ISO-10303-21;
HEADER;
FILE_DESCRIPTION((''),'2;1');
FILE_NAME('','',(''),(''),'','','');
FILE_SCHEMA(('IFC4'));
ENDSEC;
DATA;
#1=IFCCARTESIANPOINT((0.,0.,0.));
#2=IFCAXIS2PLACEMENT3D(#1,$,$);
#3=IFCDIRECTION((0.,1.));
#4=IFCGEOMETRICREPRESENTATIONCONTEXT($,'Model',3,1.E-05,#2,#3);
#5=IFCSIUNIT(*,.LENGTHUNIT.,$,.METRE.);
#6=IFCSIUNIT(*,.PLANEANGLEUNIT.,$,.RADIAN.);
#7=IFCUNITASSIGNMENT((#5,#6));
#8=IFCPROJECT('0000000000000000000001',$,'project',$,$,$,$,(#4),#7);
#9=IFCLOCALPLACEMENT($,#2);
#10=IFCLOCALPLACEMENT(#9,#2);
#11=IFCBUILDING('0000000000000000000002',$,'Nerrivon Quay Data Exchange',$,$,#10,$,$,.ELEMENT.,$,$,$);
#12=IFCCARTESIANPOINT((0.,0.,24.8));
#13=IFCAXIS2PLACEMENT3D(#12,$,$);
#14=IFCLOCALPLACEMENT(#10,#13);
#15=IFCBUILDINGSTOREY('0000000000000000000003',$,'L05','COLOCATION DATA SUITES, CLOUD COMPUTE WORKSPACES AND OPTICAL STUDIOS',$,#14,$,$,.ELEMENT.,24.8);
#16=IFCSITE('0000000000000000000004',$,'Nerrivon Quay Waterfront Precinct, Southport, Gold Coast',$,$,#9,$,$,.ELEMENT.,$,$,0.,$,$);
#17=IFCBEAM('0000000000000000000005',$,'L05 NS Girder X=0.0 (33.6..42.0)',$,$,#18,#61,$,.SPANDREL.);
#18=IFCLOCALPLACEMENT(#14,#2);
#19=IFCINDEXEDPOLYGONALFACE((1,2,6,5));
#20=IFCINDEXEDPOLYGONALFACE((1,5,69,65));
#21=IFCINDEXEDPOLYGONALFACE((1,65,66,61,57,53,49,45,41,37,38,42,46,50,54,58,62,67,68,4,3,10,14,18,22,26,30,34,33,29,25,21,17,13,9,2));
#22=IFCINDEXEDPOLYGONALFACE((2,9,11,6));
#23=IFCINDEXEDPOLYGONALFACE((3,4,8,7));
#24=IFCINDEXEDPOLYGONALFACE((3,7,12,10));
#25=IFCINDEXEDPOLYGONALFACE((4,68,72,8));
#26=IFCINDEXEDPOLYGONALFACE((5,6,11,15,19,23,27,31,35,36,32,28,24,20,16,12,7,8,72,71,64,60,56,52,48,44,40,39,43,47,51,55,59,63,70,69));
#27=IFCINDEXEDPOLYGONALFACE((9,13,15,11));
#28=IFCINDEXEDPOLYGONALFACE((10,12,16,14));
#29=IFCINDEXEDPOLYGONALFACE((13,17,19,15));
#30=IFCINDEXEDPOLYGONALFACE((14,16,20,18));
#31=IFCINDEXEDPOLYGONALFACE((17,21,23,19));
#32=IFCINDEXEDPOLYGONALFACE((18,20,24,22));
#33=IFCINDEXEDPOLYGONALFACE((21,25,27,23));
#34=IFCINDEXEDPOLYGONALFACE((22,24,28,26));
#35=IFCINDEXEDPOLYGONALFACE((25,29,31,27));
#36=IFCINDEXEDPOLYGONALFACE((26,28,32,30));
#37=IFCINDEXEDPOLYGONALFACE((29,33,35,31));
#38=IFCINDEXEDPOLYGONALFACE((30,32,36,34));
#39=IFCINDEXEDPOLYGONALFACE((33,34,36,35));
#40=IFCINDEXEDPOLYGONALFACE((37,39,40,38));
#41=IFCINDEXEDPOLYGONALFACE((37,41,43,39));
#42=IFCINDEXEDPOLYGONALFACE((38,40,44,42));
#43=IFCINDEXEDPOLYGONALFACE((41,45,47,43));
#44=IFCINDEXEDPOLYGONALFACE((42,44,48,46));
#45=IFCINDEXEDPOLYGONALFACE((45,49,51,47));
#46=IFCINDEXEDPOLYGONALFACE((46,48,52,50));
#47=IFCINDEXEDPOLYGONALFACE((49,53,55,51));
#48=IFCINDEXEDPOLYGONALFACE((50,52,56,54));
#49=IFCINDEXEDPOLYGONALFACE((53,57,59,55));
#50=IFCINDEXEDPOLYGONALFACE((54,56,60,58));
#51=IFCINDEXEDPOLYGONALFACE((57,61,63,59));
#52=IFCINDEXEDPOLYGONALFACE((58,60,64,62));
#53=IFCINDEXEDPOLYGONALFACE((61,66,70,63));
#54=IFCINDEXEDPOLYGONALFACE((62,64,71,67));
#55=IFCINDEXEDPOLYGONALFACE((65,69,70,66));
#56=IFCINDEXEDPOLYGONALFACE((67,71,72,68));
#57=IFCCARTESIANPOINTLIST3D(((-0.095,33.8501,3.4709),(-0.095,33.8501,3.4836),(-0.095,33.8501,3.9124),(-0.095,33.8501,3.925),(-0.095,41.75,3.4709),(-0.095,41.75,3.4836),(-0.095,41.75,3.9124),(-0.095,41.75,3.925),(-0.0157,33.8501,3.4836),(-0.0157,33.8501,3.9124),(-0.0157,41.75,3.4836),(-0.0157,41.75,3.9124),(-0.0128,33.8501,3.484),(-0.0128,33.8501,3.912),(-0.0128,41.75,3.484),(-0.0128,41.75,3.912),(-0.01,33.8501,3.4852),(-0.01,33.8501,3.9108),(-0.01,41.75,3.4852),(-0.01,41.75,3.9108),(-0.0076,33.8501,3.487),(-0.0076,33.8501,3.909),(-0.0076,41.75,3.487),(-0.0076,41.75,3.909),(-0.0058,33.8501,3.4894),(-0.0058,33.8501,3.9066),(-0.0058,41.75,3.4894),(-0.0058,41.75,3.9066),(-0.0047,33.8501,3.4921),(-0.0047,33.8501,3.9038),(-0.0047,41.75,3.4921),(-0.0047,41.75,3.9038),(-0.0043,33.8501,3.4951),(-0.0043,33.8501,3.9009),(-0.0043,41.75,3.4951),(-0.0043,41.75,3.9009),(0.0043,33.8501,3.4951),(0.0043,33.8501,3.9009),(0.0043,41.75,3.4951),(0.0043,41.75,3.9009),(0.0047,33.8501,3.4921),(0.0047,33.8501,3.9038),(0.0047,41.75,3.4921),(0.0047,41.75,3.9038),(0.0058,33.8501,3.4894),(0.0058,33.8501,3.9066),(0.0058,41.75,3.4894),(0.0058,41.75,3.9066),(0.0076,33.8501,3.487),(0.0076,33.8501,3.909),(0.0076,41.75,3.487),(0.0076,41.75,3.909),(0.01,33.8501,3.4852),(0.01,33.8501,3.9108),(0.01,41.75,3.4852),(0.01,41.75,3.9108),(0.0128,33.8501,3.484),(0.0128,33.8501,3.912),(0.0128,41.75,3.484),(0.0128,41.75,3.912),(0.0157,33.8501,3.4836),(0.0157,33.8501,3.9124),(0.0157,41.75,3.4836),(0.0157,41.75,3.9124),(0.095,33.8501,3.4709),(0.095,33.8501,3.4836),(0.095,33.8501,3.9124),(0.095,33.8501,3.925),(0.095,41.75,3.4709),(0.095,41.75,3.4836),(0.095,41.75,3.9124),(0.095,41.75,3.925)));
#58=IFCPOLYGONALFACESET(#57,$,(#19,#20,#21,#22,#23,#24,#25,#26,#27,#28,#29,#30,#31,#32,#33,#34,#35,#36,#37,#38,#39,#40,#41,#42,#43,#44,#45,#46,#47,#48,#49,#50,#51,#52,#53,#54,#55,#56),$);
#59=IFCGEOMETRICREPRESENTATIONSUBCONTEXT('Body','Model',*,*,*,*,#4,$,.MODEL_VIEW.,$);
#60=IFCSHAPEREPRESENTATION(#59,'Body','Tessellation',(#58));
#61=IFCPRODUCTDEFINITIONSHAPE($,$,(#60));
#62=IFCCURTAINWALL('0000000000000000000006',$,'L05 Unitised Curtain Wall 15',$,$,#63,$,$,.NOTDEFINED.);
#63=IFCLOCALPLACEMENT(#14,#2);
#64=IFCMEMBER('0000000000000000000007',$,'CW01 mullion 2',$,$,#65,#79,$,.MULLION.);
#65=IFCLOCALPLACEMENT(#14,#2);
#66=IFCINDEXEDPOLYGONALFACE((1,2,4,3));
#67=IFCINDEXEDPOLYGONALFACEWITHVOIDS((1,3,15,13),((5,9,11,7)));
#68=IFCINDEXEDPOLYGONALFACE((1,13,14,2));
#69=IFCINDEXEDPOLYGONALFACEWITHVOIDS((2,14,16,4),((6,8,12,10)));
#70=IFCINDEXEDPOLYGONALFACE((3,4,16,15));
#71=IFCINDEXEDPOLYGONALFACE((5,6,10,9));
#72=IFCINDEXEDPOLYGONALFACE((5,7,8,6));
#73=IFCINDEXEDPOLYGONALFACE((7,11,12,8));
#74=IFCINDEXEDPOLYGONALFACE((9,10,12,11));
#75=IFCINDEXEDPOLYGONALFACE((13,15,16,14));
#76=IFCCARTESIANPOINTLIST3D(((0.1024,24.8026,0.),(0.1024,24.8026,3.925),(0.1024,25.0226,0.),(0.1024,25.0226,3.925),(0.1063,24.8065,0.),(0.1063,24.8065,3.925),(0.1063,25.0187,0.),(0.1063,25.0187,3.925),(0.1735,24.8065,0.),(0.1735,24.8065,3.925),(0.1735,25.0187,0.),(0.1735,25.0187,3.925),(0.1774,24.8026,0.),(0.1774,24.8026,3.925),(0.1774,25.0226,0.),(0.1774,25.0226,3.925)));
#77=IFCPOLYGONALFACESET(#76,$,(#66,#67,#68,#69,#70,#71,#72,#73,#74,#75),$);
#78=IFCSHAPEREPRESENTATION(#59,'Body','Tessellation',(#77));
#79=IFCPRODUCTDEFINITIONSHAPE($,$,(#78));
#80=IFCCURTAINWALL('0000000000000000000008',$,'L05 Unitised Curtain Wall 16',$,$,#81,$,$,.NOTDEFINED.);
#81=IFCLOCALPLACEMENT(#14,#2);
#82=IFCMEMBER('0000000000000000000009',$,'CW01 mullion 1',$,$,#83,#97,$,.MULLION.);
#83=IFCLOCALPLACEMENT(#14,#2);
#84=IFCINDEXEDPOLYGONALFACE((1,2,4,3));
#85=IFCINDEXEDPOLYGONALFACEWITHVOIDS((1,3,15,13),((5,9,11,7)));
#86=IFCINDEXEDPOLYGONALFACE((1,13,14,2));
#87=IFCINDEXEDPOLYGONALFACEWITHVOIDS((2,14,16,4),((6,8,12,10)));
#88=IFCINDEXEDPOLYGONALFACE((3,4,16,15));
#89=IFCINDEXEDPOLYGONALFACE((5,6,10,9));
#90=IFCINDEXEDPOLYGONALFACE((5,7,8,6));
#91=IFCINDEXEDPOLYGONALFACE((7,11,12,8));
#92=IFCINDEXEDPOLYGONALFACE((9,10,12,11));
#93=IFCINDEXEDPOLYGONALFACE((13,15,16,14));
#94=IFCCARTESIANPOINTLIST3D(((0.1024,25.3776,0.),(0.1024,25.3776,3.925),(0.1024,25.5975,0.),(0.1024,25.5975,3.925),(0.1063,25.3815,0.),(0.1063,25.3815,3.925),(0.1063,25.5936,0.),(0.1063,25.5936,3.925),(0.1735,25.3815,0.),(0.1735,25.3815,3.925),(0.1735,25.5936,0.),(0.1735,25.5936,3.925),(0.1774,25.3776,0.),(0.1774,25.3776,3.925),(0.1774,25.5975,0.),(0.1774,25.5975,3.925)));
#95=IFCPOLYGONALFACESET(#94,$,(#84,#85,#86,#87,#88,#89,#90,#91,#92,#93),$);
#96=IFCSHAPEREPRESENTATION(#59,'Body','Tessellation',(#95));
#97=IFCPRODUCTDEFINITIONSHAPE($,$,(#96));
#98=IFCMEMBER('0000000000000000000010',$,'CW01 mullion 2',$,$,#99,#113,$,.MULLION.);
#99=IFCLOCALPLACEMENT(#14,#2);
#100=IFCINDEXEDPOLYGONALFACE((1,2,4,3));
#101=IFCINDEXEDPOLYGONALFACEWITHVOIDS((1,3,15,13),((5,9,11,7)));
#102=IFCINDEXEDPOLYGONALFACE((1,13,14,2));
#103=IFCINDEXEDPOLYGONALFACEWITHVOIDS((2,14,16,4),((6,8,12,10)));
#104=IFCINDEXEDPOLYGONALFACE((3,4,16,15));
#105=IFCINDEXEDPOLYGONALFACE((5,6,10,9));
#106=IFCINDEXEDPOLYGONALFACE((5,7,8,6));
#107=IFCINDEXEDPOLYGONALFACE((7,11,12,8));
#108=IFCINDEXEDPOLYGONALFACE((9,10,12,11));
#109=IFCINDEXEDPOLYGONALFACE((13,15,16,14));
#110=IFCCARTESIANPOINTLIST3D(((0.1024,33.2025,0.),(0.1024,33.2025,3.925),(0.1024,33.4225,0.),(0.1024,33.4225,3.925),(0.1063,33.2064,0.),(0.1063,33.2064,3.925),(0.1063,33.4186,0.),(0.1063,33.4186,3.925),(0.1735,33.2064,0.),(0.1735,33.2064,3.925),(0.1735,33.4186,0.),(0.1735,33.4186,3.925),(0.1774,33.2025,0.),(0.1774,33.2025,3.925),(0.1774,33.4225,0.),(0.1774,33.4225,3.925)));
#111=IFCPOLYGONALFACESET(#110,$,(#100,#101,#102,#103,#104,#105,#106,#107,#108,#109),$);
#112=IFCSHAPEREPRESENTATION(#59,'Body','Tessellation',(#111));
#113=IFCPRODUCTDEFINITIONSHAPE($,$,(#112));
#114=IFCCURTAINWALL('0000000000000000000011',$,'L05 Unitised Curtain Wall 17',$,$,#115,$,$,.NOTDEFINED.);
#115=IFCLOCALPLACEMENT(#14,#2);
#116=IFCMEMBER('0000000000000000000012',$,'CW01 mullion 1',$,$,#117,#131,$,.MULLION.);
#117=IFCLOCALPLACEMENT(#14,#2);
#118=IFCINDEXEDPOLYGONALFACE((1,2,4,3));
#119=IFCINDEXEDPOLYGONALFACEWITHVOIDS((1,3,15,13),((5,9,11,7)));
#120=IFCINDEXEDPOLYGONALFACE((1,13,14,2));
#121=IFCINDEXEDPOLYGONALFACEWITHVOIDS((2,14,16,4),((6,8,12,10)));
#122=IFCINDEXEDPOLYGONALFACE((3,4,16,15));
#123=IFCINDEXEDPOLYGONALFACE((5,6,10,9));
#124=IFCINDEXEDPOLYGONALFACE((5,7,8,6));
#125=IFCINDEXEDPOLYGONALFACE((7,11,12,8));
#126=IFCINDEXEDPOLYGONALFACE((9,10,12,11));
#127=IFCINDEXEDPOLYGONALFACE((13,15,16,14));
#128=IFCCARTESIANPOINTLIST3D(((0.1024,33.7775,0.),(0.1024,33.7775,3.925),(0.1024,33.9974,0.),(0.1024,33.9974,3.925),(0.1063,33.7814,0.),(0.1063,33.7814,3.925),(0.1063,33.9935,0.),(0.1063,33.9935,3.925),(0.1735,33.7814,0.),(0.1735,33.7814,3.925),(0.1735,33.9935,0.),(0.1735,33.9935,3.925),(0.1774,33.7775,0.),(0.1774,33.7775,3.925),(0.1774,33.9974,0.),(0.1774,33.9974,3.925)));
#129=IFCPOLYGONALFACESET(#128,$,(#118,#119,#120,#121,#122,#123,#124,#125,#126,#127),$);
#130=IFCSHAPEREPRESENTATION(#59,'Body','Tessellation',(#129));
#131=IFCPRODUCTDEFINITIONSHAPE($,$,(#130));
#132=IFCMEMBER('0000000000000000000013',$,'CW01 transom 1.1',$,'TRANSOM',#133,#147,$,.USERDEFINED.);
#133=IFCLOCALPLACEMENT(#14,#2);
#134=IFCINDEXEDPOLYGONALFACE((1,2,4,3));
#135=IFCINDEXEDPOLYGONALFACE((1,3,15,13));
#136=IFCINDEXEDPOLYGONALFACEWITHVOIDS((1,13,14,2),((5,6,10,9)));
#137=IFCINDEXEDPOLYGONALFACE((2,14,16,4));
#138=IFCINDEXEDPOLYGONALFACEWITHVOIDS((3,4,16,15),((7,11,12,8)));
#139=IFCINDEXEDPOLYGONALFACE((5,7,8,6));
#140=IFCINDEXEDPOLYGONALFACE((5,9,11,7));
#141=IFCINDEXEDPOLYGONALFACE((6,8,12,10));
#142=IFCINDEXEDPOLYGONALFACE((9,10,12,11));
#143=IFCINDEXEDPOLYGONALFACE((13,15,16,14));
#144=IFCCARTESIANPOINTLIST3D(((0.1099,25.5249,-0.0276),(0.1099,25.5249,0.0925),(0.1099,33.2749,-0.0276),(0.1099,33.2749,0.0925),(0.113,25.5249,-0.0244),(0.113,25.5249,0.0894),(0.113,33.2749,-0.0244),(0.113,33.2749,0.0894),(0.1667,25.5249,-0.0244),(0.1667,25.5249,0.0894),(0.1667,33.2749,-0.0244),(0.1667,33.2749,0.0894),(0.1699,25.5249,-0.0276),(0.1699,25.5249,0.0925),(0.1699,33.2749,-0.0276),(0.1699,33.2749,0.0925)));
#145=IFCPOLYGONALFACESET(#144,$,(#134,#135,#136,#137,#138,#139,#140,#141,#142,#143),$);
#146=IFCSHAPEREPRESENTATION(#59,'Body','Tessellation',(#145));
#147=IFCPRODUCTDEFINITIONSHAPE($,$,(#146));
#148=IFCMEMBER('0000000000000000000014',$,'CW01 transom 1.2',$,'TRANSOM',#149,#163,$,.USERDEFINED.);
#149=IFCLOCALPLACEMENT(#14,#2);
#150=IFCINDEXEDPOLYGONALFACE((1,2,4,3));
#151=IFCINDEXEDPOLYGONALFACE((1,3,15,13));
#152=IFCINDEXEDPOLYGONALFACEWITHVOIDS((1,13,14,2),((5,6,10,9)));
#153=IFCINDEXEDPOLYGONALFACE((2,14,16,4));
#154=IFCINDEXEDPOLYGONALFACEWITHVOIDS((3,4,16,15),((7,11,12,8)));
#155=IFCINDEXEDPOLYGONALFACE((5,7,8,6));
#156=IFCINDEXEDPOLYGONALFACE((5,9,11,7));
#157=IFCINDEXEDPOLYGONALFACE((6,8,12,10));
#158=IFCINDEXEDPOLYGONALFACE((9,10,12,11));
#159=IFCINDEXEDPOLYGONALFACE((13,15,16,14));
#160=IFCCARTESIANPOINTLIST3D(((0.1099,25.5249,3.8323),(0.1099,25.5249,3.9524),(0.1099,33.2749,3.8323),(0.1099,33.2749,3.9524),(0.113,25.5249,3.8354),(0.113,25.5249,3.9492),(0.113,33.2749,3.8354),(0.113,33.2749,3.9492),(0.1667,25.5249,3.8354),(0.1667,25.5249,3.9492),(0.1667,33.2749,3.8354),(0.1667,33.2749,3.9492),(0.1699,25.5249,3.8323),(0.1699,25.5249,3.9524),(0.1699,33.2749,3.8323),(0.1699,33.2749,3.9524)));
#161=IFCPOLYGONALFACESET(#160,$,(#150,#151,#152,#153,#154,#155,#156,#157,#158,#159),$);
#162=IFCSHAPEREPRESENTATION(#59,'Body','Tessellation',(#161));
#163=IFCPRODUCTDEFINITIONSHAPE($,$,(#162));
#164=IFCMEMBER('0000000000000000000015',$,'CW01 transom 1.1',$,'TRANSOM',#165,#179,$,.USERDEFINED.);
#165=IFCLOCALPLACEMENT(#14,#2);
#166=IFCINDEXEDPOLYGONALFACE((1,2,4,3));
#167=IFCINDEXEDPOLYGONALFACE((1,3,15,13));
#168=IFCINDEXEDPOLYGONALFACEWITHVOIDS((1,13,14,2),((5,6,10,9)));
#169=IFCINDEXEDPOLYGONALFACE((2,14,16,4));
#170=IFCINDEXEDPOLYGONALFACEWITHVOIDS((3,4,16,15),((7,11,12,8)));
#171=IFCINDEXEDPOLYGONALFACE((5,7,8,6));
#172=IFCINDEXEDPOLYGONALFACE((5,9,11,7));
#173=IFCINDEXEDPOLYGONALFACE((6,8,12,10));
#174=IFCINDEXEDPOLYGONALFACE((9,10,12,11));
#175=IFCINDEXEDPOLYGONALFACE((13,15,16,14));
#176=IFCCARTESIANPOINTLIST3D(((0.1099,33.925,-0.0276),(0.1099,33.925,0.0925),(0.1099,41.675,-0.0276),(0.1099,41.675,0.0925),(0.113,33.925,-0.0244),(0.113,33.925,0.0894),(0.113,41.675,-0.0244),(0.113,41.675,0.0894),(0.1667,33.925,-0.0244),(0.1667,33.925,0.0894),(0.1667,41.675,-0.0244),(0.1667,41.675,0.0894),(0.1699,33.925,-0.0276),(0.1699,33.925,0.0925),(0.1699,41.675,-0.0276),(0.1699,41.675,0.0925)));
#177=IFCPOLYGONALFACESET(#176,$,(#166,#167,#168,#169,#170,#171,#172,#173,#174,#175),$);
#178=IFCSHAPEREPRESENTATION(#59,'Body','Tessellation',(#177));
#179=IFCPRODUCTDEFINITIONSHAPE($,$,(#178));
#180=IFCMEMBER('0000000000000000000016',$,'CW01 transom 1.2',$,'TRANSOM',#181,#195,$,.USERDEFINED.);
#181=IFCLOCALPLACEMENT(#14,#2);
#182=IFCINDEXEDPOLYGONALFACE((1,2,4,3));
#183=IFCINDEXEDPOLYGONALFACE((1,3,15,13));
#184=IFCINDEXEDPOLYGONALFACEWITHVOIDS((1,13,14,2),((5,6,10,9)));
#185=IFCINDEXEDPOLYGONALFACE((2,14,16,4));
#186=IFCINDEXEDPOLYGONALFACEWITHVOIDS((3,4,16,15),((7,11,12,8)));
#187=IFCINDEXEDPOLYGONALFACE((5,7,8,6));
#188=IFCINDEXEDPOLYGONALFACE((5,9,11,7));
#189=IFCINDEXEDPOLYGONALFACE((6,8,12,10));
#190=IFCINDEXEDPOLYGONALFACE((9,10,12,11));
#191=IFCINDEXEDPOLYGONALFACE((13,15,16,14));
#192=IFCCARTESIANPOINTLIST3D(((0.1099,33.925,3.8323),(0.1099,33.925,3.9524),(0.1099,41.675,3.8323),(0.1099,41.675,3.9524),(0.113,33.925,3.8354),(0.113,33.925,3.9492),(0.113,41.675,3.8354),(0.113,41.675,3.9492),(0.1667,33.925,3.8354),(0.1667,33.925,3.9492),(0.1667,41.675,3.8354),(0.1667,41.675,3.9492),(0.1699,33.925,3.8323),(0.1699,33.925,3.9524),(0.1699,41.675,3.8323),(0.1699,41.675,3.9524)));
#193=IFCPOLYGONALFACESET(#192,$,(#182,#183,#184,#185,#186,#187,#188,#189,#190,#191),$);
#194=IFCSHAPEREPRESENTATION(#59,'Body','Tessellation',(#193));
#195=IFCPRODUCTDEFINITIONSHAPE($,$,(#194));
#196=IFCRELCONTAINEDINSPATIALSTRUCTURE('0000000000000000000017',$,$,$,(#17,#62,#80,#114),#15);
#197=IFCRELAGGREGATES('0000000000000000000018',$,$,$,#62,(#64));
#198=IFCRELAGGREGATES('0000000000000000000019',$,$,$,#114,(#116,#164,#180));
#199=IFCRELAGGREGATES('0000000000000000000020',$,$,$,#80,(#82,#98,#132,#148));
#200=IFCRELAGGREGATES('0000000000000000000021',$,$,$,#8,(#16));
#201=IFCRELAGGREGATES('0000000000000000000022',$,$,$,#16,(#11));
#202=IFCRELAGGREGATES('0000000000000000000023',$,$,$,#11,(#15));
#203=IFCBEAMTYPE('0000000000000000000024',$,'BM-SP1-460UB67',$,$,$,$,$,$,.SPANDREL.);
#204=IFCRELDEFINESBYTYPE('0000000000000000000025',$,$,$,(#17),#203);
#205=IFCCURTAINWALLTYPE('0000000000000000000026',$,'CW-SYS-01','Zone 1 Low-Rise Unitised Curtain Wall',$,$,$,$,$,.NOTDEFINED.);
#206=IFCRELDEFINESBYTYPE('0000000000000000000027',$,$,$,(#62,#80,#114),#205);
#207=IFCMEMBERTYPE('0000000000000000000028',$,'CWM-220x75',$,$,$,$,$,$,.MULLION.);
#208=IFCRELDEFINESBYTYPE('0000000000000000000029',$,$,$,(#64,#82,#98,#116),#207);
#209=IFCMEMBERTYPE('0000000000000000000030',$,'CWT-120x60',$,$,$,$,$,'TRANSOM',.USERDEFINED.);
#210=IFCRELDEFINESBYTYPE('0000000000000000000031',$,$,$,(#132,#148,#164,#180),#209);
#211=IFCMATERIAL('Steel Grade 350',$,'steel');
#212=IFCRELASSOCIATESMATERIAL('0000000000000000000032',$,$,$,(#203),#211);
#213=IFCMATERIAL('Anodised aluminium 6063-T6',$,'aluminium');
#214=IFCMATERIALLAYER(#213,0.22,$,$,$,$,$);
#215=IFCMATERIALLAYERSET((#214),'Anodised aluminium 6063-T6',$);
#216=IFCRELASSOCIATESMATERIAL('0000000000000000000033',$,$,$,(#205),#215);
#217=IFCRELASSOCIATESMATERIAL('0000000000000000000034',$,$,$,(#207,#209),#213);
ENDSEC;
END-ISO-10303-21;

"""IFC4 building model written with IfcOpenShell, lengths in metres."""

from ifc_helpers import new_model, si_unit, direction, frame, origin, origin_2d, place, context, subcontext, project, spatial, hollow_rectangle, i_section, extrude, material, layer, layer_set, material_profile, profile_set, type_object, element, aggregate, save


model = new_model("IFC4")

# Units and contexts
model_context = context("Model", 3, precision=1e-05, world=origin(), true_north=direction((0.0, 1.0)))
body_context = subcontext(model_context, "Body", "Model", "MODEL_VIEW")
ifc_project = project(units=[si_unit("LENGTHUNIT", "METRE"), si_unit("PLANEANGLEUNIT", "RADIAN")], contexts=[model_context])

# Site, building, storey
site_placement = place(None, origin())
site = spatial("IfcSite", under=ifc_project, at=site_placement, Name="Nerrivon Quay Waterfront Precinct, Southport, Gold Coast", CompositionType="ELEMENT", RefElevation=0.0)
building_placement = place(site_placement, origin())
building = spatial("IfcBuilding", under=site, at=building_placement, Name="Nerrivon Quay Data Exchange", CompositionType="ELEMENT")
storey_placement = place(building_placement, frame((0.0, 0.0, 24.8)))
storey = spatial("IfcBuildingStorey", under=building, at=storey_placement, Name="L05", Description="COLOCATION DATA SUITES, CLOUD COMPUTE WORKSPACES AND OPTICAL STUDIOS", CompositionType="ELEMENT", Elevation=24.8)

# Shared definitions
ifc_material_1 = material(Name="Steel Grade 350", Category="steel")

# Beam
ifc_material_profile_1 = material_profile(ifc_material_1, i_section(OverallWidth=0.1899, OverallDepth=0.4541, WebThickness=0.0085, FlangeThickness=0.0127, FilletRadius=0.0115, at=origin_2d()), Name="460UB67.1")
ifc_profile_set_1 = profile_set([ifc_material_profile_1], Name="Steel Grade 350")
beam_type_1 = type_object("IfcBeamType", Name="BM-SP1-460UB67", PredefinedType="SPANDREL", material=ifc_profile_set_1)
beam_1_placement = place(storey_placement, frame((0.0, 33.8501, 3.698), z_axis=(0.0, 1.0, 0.0), x_axis=(-1.0, 0.0, 0.0)))
element("IfcBeam", 1, at=beam_1_placement, inside=storey, type_object=beam_type_1, Name="L05 NS Girder X=0.0 (33.6..42.0)", PredefinedType="SPANDREL", context=body_context, shape_type="SweptSolid", body=[
    extrude(i_section(OverallWidth=0.1899, OverallDepth=0.4541, WebThickness=0.0085, FlangeThickness=0.0127, FilletRadius=0.0115, at=origin_2d()), origin(), (0.0, 0.0, 1.0), 7.8999),
])

# Curtain wall, member
ifc_material_2 = material(Name="Anodised aluminium 6063-T6", Category="aluminium")
ifc_layer_1 = layer(ifc_material_2, 0.22)
ifc_layer_set_1 = layer_set([ifc_layer_1], Name="Anodised aluminium 6063-T6")
curtain_wall_type = type_object("IfcCurtainWallType", Name="CW-SYS-01", Description="Zone 1 Low-Rise Unitised Curtain Wall", PredefinedType="NOTDEFINED", material=ifc_layer_set_1)
curtain_wall_1_placement = place(storey_placement, origin())
curtain_wall_1 = element("IfcCurtainWall", 2, at=curtain_wall_1_placement, inside=storey, type_object=curtain_wall_type, Name="L05 Unitised Curtain Wall 15", PredefinedType="NOTDEFINED")
ifc_material_profile_2 = material_profile(ifc_material_2, hollow_rectangle(XDim=0.075, YDim=0.22, WallThickness=0.0039, at=origin_2d()), Name="ALU-MULL-220x75")
ifc_profile_set_2 = profile_set([ifc_material_profile_2], Name="Anodised aluminium 6063-T6")
member_type_1 = type_object("IfcMemberType", Name="CWM-220x75", PredefinedType="MULLION", material=ifc_profile_set_2)
member_1_placement = place(storey_placement, frame((0.1399, 24.9126, 0.0), z_axis=(0.0, 0.0, 1.0), x_axis=(-1.0, 0.0, 0.0)))
member_1 = element("IfcMember", 3, at=member_1_placement, type_object=member_type_1, Name="CW01 mullion 2", PredefinedType="MULLION", context=body_context, shape_type="SweptSolid", body=[
    extrude(hollow_rectangle(XDim=0.075, YDim=0.22, WallThickness=0.0039, at=origin_2d()), origin(), (0.0, 0.0, 1.0), 3.925),
])
aggregate(curtain_wall_1, [member_1])

# Curtain wall, members
curtain_wall_2_placement = place(storey_placement, origin())
curtain_wall_2 = element("IfcCurtainWall", 4, at=curtain_wall_2_placement, inside=storey, type_object=curtain_wall_type, Name="L05 Unitised Curtain Wall 16", PredefinedType="NOTDEFINED")
member_2_placement = place(storey_placement, frame((0.1399, 25.4875, 0.0), z_axis=(0.0, 0.0, 1.0), x_axis=(-1.0, 0.0, 0.0)))
member_2 = element("IfcMember", 5, at=member_2_placement, type_object=member_type_1, Name="CW01 mullion 1", PredefinedType="MULLION", context=body_context, shape_type="SweptSolid", body=[
    extrude(hollow_rectangle(XDim=0.075, YDim=0.22, WallThickness=0.0039, at=origin_2d()), origin(), (0.0, 0.0, 1.0), 3.925),
])
member_3_placement = place(storey_placement, frame((0.1399, 33.3125, 0.0), z_axis=(0.0, 0.0, 1.0), x_axis=(-1.0, 0.0, 0.0)))
member_3 = element("IfcMember", 6, at=member_3_placement, type_object=member_type_1, Name="CW01 mullion 2", PredefinedType="MULLION", context=body_context, shape_type="SweptSolid", body=[
    extrude(hollow_rectangle(XDim=0.075, YDim=0.22, WallThickness=0.0039, at=origin_2d()), origin(), (0.0, 0.0, 1.0), 3.925),
])

# Curtain wall, member
curtain_wall_3_placement = place(storey_placement, origin())
curtain_wall_3 = element("IfcCurtainWall", 7, at=curtain_wall_3_placement, inside=storey, type_object=curtain_wall_type, Name="L05 Unitised Curtain Wall 17", PredefinedType="NOTDEFINED")
member_4_placement = place(storey_placement, frame((0.1399, 33.8875, 0.0), z_axis=(0.0, 0.0, 1.0), x_axis=(-1.0, 0.0, 0.0)))
member_4 = element("IfcMember", 8, at=member_4_placement, type_object=member_type_1, Name="CW01 mullion 1", PredefinedType="MULLION", context=body_context, shape_type="SweptSolid", body=[
    extrude(hollow_rectangle(XDim=0.075, YDim=0.22, WallThickness=0.0039, at=origin_2d()), origin(), (0.0, 0.0, 1.0), 3.925),
])

# Members
ifc_material_profile_3 = material_profile(ifc_material_2, hollow_rectangle(XDim=0.0601, YDim=0.1201, WallThickness=0.0032, at=origin_2d()), Name="ALU-TRAN-120x60")
ifc_profile_set_3 = profile_set([ifc_material_profile_3], Name="Anodised aluminium 6063-T6")
member_type_2 = type_object("IfcMemberType", Name="CWT-120x60", ElementType="TRANSOM", PredefinedType="USERDEFINED", material=ifc_profile_set_3)
member_5_placement = place(storey_placement, frame((0.1399, 25.5249, 0.0325), z_axis=(0.0, 1.0, 0.0), x_axis=(-1.0, 0.0, 0.0)))
member_5 = element("IfcMember", 9, at=member_5_placement, type_object=member_type_2, Name="CW01 transom 1.1", ObjectType="TRANSOM", PredefinedType="USERDEFINED", context=body_context, shape_type="SweptSolid", body=[
    extrude(hollow_rectangle(XDim=0.0601, YDim=0.1201, WallThickness=0.0032, at=origin_2d()), origin(), (0.0, 0.0, 1.0), 7.75),
])
member_6_placement = place(storey_placement, frame((0.1399, 25.5249, 3.8923), z_axis=(0.0, 1.0, 0.0), x_axis=(-1.0, 0.0, 0.0)))
member_6 = element("IfcMember", 10, at=member_6_placement, type_object=member_type_2, Name="CW01 transom 1.2", ObjectType="TRANSOM", PredefinedType="USERDEFINED", context=body_context, shape_type="SweptSolid", body=[
    extrude(hollow_rectangle(XDim=0.0601, YDim=0.1201, WallThickness=0.0032, at=origin_2d()), origin(), (0.0, 0.0, 1.0), 7.75),
])
member_7_placement = place(storey_placement, frame((0.1399, 33.925, 0.0325), z_axis=(0.0, 1.0, 0.0), x_axis=(-1.0, 0.0, 0.0)))
member_7 = element("IfcMember", 11, at=member_7_placement, type_object=member_type_2, Name="CW01 transom 1.1", ObjectType="TRANSOM", PredefinedType="USERDEFINED", context=body_context, shape_type="SweptSolid", body=[
    extrude(hollow_rectangle(XDim=0.0601, YDim=0.1201, WallThickness=0.0032, at=origin_2d()), origin(), (0.0, 0.0, 1.0), 7.75),
])
member_8_placement = place(storey_placement, frame((0.1399, 33.925, 3.8923), z_axis=(0.0, 1.0, 0.0), x_axis=(-1.0, 0.0, 0.0)))
member_8 = element("IfcMember", 12, at=member_8_placement, type_object=member_type_2, Name="CW01 transom 1.2", ObjectType="TRANSOM", PredefinedType="USERDEFINED", context=body_context, shape_type="SweptSolid", body=[
    extrude(hollow_rectangle(XDim=0.0601, YDim=0.1201, WallThickness=0.0032, at=origin_2d()), origin(), (0.0, 0.0, 1.0), 7.75),
])
aggregate(curtain_wall_3, [member_4, member_7, member_8])

aggregate(curtain_wall_2, [member_2, member_3, member_5, member_6])

save(model, "model.ifc")
